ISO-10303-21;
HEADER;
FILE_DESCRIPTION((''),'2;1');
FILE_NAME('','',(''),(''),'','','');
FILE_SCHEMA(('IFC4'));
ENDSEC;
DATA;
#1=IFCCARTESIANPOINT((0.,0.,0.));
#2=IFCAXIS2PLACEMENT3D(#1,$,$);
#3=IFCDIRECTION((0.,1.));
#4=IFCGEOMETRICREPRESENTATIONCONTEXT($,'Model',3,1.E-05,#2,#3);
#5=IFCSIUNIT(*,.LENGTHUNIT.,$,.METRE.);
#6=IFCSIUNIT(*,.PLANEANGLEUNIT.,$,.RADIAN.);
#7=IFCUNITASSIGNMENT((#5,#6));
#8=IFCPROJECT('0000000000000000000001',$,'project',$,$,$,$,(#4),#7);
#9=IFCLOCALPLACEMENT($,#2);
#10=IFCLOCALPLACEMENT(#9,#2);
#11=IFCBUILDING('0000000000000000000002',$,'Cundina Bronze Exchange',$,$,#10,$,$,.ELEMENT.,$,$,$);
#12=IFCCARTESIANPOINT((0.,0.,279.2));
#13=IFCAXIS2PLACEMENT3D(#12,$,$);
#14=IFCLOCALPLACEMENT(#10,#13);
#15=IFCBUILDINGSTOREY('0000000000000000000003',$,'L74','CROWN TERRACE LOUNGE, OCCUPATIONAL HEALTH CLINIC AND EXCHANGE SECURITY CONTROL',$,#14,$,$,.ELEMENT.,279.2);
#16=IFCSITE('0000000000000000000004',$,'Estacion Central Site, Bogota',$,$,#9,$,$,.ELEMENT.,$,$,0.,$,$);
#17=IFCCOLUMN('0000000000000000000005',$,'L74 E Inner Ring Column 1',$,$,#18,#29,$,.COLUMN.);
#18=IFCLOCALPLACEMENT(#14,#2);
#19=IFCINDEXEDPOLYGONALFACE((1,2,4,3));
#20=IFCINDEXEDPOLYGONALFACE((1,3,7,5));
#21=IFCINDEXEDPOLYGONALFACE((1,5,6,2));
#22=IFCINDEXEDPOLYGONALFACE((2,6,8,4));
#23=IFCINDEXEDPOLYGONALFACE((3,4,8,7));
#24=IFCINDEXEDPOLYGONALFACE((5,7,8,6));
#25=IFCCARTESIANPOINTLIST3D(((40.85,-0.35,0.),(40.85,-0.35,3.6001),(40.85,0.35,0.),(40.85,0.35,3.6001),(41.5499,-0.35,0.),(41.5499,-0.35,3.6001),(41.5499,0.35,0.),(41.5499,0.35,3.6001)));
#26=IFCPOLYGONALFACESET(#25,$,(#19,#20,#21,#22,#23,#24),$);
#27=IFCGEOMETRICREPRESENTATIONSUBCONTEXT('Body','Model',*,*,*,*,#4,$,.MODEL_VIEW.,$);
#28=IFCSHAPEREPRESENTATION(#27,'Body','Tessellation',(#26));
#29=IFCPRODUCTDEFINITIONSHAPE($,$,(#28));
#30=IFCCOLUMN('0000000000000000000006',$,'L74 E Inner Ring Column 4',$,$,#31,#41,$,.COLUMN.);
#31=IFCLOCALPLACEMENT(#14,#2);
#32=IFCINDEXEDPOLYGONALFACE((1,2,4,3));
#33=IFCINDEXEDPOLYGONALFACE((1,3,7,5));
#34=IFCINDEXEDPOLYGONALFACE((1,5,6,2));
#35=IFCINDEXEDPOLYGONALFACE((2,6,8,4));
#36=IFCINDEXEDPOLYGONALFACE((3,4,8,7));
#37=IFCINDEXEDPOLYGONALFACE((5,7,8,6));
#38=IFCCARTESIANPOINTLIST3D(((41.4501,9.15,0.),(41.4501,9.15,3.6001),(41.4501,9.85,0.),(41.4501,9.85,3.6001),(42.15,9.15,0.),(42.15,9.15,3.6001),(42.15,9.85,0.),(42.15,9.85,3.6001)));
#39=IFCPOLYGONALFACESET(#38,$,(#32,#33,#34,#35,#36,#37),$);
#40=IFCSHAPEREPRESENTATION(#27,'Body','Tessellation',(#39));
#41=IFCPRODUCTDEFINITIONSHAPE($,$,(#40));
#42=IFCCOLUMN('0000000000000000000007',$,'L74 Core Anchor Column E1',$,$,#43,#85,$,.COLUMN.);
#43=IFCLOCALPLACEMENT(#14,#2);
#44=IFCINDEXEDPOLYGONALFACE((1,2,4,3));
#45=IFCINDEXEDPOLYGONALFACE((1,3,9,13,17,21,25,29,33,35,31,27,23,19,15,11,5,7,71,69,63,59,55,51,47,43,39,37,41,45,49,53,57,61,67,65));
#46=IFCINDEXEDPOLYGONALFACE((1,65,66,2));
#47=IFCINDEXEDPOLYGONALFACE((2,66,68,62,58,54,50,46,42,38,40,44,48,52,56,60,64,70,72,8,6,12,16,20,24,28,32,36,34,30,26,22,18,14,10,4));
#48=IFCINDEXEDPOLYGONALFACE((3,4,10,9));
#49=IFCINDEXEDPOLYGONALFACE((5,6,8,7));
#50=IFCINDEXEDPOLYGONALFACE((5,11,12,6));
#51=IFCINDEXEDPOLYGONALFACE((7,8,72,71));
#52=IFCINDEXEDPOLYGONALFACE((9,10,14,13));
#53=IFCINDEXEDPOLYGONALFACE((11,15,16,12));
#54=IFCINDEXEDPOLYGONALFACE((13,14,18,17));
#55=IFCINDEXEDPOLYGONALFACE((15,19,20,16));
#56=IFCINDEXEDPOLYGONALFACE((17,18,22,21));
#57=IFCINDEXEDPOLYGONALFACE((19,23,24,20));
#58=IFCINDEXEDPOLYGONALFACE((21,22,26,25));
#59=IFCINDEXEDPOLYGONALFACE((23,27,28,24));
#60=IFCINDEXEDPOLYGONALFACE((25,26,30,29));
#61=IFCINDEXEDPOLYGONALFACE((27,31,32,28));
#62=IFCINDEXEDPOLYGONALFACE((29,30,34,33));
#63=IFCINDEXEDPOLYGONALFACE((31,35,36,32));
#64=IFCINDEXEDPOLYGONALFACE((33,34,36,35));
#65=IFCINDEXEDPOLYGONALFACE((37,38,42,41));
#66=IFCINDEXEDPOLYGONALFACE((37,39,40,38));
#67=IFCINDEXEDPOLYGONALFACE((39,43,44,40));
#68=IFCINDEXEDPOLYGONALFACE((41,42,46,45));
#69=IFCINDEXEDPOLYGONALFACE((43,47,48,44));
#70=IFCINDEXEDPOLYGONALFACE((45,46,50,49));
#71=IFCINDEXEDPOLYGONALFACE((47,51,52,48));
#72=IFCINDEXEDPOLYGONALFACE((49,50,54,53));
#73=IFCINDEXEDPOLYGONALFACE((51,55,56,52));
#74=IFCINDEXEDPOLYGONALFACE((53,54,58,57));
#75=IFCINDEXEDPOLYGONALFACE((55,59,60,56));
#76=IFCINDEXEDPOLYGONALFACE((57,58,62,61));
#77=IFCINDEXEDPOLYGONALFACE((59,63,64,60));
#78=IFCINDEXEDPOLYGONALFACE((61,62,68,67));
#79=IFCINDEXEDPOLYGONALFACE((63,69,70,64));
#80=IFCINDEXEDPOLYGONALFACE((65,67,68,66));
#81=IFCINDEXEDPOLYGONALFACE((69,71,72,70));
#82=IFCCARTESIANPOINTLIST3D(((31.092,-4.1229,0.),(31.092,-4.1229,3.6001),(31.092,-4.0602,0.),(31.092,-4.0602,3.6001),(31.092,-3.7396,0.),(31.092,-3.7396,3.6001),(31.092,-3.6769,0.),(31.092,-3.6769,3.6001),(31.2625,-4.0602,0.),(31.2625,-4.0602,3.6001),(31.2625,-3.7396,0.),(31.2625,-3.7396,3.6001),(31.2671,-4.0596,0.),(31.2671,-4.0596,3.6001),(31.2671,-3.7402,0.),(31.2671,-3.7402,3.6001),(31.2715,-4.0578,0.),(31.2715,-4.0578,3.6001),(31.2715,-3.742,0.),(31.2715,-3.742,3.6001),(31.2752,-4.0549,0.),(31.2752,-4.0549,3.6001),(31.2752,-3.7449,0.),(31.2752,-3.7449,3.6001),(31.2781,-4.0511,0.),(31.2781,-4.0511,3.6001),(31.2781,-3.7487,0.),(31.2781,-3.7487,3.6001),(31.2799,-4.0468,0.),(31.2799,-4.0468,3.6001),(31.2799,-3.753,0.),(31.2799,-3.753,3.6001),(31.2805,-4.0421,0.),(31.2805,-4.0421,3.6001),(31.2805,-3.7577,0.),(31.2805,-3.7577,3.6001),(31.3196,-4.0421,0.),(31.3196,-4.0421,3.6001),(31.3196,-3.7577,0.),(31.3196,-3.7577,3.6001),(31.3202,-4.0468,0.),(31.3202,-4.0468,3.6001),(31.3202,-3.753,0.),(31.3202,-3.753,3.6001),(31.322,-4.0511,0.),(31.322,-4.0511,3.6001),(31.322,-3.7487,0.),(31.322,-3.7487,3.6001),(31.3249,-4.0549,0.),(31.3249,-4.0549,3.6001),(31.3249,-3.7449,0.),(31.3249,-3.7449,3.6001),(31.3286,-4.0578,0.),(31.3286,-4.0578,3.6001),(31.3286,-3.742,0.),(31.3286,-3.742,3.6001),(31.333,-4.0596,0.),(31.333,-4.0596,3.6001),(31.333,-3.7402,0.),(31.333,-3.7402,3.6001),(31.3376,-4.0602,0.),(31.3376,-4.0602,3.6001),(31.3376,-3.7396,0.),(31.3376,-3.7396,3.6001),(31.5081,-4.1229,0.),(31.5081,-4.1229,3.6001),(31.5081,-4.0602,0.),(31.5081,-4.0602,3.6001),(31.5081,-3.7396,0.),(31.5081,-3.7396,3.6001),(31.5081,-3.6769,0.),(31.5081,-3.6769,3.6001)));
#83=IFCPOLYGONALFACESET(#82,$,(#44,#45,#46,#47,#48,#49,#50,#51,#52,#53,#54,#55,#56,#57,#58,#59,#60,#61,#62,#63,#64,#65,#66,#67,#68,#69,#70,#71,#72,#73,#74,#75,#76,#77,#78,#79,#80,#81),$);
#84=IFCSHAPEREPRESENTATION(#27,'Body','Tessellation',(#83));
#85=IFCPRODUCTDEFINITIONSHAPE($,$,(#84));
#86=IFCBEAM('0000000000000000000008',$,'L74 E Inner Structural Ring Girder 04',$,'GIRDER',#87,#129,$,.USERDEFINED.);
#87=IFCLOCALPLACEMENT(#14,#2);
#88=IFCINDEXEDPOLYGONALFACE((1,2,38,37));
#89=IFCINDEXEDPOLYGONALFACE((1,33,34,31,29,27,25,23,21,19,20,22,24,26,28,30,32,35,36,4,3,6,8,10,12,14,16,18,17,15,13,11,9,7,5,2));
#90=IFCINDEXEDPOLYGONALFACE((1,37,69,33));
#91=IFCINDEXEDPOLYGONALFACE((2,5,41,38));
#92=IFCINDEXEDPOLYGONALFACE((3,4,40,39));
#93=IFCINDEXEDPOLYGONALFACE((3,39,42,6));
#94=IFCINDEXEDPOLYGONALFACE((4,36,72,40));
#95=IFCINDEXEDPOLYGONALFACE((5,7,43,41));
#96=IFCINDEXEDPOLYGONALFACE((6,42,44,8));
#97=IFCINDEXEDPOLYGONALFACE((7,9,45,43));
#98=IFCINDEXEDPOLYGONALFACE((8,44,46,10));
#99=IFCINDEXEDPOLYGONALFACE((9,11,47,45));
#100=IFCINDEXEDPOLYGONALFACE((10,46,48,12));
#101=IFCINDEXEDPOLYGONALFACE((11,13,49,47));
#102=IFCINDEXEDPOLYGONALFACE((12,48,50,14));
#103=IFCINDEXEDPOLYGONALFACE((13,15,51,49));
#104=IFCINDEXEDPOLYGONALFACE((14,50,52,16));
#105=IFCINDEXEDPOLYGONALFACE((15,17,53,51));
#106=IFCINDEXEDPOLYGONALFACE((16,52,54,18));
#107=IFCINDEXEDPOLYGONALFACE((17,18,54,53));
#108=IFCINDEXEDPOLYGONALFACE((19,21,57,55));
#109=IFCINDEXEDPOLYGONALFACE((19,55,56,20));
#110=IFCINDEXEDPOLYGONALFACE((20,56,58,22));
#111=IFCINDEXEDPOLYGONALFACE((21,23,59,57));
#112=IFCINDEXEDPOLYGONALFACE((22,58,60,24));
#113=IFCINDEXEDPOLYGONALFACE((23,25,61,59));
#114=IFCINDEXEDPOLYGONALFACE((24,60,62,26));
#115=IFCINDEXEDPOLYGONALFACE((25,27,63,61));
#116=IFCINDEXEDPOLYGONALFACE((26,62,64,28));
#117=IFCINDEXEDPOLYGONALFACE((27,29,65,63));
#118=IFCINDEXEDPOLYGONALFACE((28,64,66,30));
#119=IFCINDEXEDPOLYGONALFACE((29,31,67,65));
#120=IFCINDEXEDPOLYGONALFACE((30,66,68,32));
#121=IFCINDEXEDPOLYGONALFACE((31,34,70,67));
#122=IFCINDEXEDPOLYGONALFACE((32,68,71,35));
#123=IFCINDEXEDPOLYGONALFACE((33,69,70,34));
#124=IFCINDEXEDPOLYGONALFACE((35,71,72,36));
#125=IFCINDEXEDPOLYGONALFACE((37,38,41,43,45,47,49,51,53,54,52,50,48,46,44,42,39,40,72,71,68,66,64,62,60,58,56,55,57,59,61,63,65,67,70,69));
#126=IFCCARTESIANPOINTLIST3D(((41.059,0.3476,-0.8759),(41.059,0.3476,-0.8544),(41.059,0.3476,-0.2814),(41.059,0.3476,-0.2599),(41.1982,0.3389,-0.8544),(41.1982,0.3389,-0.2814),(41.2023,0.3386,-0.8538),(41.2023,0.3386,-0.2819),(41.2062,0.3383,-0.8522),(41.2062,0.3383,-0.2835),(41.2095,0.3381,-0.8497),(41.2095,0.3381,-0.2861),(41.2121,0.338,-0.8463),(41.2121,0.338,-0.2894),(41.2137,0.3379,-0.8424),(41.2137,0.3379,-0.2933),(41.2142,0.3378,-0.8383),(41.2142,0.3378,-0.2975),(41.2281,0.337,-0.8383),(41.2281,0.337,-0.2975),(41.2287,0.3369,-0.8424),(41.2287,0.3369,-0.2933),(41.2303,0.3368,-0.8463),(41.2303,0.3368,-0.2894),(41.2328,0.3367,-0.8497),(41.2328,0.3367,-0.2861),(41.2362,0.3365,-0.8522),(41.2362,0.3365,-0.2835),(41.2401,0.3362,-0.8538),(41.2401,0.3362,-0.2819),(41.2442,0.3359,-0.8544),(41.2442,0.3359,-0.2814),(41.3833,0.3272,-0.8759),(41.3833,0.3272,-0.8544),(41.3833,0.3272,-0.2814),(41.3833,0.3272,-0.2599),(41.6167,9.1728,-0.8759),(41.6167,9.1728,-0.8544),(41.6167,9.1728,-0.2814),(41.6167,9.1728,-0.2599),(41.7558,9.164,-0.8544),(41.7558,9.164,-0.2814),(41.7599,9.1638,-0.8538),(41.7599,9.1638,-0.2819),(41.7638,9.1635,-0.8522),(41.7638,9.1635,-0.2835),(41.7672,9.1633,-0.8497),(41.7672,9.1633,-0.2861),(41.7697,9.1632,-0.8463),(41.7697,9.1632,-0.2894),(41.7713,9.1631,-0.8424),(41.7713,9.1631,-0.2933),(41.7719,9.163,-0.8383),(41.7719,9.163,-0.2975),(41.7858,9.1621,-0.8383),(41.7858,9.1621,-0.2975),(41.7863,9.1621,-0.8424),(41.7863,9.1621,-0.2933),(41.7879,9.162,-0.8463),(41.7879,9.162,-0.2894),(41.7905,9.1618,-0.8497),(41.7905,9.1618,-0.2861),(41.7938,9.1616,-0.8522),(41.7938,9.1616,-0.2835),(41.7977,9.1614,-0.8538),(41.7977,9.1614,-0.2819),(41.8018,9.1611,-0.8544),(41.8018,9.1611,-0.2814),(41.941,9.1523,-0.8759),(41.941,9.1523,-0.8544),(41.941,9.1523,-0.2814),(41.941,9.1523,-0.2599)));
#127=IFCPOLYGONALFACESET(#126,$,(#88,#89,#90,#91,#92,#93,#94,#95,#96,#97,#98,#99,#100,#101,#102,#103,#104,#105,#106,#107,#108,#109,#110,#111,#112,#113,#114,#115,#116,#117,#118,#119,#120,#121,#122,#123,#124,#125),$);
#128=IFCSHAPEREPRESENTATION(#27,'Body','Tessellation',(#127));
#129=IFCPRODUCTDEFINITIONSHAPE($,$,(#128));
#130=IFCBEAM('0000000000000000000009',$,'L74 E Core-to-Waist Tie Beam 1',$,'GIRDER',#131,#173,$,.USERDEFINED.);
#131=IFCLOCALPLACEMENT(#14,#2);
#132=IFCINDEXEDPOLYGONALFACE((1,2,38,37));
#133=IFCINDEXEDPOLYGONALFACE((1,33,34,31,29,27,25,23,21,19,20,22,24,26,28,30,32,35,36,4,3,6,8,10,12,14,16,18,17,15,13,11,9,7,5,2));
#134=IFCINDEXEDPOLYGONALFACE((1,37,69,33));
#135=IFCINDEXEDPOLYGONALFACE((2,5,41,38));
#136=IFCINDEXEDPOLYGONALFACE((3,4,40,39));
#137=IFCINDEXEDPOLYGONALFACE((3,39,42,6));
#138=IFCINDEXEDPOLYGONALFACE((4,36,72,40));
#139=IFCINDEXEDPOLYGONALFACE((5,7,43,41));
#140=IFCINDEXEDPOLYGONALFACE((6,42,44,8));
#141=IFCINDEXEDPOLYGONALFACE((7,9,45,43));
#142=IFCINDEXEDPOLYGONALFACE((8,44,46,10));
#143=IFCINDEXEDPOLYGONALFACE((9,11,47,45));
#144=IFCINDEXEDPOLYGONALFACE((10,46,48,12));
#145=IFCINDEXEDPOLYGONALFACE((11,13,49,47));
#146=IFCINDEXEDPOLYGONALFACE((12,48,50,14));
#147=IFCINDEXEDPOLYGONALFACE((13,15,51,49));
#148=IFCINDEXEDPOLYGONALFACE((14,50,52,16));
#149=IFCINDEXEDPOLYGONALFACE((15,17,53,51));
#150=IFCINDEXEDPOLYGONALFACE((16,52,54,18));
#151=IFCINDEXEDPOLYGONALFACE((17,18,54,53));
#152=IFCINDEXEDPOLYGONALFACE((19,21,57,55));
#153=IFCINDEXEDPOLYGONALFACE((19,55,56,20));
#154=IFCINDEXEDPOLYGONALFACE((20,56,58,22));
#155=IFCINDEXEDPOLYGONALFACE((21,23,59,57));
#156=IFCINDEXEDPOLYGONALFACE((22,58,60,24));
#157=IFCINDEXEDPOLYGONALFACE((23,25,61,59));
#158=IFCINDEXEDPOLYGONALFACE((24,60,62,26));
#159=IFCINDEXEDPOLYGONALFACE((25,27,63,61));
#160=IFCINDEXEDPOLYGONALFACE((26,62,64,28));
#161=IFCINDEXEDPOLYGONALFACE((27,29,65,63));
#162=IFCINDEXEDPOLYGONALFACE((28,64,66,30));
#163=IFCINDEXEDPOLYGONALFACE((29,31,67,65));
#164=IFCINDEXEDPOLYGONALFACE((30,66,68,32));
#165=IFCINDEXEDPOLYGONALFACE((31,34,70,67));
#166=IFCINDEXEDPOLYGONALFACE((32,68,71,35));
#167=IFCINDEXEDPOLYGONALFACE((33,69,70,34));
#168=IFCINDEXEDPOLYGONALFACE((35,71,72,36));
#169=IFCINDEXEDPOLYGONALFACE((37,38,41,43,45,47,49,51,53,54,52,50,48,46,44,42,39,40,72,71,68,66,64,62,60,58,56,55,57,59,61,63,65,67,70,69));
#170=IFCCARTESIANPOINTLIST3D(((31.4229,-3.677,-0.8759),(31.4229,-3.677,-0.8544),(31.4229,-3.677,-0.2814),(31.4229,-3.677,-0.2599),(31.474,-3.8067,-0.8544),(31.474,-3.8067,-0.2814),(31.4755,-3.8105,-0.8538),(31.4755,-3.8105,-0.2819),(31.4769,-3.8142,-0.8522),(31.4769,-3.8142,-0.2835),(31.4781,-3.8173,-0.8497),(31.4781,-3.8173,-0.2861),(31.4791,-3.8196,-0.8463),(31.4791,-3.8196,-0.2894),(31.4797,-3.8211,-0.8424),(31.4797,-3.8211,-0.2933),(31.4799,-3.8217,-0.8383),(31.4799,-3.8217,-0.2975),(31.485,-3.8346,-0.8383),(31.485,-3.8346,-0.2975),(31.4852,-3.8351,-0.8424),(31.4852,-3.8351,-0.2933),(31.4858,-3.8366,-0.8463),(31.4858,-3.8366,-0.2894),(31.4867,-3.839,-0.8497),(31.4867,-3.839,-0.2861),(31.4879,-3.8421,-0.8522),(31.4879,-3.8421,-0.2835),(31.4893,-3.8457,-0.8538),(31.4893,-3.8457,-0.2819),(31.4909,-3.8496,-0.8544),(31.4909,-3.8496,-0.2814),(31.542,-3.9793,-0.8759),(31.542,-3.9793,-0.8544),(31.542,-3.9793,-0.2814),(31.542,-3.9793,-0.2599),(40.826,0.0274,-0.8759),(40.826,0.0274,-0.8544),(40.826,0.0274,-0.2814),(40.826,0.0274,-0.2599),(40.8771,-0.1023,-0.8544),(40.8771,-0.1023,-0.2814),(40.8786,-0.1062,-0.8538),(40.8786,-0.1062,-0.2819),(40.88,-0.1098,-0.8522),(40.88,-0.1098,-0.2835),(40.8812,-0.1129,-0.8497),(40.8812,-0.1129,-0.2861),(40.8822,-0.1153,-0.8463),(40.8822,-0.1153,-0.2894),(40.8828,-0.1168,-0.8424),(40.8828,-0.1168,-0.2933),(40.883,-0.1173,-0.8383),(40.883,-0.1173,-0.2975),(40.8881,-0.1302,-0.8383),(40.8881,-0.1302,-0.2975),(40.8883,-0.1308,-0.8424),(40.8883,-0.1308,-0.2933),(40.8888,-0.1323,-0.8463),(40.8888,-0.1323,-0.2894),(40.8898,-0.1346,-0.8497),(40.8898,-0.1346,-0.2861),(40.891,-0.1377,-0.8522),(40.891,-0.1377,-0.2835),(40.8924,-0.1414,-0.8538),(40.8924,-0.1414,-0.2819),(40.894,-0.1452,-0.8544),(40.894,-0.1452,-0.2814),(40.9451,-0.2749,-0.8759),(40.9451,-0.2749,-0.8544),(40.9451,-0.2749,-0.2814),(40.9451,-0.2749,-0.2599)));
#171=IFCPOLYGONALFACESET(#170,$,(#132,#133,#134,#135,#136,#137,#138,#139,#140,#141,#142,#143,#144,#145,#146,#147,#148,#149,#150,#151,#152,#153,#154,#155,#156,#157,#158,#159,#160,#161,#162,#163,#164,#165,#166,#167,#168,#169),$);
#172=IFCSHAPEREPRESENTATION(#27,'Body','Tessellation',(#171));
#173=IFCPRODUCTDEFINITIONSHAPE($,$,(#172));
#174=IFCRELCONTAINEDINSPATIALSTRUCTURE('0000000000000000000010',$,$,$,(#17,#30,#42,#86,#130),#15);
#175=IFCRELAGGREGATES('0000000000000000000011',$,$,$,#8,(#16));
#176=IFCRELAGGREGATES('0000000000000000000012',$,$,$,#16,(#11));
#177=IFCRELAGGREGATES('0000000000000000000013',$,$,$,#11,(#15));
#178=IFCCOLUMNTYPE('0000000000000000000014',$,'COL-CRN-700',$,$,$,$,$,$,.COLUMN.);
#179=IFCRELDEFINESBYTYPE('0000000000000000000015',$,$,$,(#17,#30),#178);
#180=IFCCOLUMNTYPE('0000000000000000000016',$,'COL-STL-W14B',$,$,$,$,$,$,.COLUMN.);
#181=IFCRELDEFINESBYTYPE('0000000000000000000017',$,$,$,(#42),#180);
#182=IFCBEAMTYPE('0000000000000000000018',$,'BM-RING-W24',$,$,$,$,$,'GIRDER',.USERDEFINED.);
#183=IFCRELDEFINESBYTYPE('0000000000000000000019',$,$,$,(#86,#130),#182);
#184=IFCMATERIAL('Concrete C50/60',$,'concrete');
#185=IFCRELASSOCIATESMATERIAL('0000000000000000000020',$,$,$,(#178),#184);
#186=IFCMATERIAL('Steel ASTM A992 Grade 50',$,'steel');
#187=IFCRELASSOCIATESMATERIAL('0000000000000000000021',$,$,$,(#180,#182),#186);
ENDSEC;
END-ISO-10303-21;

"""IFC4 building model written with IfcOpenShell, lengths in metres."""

from ifc_helpers import new_model, si_unit, direction, frame, origin, origin_2d, place, context, subcontext, project, spatial, rectangle, i_section, extrude, material, material_profile, profile_set, type_object, element, save


model = new_model("IFC4")

# Units and contexts
model_context = context("Model", 3, precision=1e-05, world=origin(), true_north=direction((0.0, 1.0)))
body_context = subcontext(model_context, "Body", "Model", "MODEL_VIEW")
ifc_project = project(units=[si_unit("LENGTHUNIT", "METRE"), si_unit("PLANEANGLEUNIT", "RADIAN")], contexts=[model_context])

# Site, building, storey
site_placement = place(None, origin())
site = spatial("IfcSite", under=ifc_project, at=site_placement, Name="Estacion Central Site, Bogota", CompositionType="ELEMENT", RefElevation=0.0)
building_placement = place(site_placement, origin())
building = spatial("IfcBuilding", under=site, at=building_placement, Name="Cundina Bronze Exchange", CompositionType="ELEMENT")
storey_placement = place(building_placement, frame((0.0, 0.0, 279.2)))
storey = spatial("IfcBuildingStorey", under=building, at=storey_placement, Name="L74", Description="CROWN TERRACE LOUNGE, OCCUPATIONAL HEALTH CLINIC AND EXCHANGE SECURITY CONTROL", CompositionType="ELEMENT", Elevation=279.2)

# Columns
ifc_material_1 = material(Name="Concrete C50/60", Category="concrete")
ifc_material_profile_1 = material_profile(ifc_material_1, rectangle(XDim=0.7, YDim=0.7, at=origin_2d()), Name="RC700X700", Category="concrete")
ifc_profile_set_1 = profile_set([ifc_material_profile_1], Name="Concrete C50/60")
column_type_1 = type_object("IfcColumnType", Name="COL-CRN-700", PredefinedType="COLUMN", material=ifc_profile_set_1)
for number, where, z_axis, x_axis, name in (
    (1, (41.2, 0.0, 0.0), (0.0, 0.0, 1.0), (1.0, 0.0, 0.0), "L74 E Inner Ring Column 1"),
    (2, (41.8, 9.5, 0.0), (0.0, 0.0, 1.0), (1.0, 0.0, 0.0), "L74 E Inner Ring Column 4"),
):
    element("IfcColumn", number, at=place(storey_placement, frame(where, z_axis=z_axis, x_axis=x_axis)), inside=storey, type_object=column_type_1, Name=name, PredefinedType="COLUMN", context=body_context, shape_type="SweptSolid", body=[
        extrude(rectangle(XDim=0.7, YDim=0.7, at=origin_2d()), origin(), (0.0, 0.0, 1.0), 3.6001),
    ])
ifc_material_2 = material(Name="Steel ASTM A992 Grade 50", Category="steel")
ifc_material_profile_2 = material_profile(ifc_material_2, i_section(OverallWidth=0.416, OverallDepth=0.446, WebThickness=0.0391, FlangeThickness=0.0627, FilletRadius=0.0181, at=origin_2d()), Name="W14X342", Category="steel")
ifc_profile_set_2 = profile_set([ifc_material_profile_2], Name="Steel ASTM A992 Grade 50")
column_type_2 = type_object("IfcColumnType", Name="COL-STL-W14B", PredefinedType="COLUMN", material=ifc_profile_set_2)
column_placement = place(storey_placement, frame((31.3, -3.8999, 0.0), z_axis=(0.0, 0.0, 1.0), x_axis=(1.0, 0.0, 0.0)))
element("IfcColumn", 3, at=column_placement, inside=storey, type_object=column_type_2, Name="L74 Core Anchor Column E1", PredefinedType="COLUMN", context=body_context, shape_type="SweptSolid", body=[
    extrude(i_section(OverallWidth=0.416, OverallDepth=0.446, WebThickness=0.0391, FlangeThickness=0.0627, FilletRadius=0.0181, at=origin_2d()), origin(), (0.0, 0.0, 1.0), 3.6001),
])

# Beams
ifc_material_profile_3 = material_profile(ifc_material_2, i_section(OverallWidth=0.325, OverallDepth=0.616, WebThickness=0.0139, FlangeThickness=0.0215, FilletRadius=0.0161, at=origin_2d()), Name="W24X117", Category="steel")
ifc_profile_set_3 = profile_set([ifc_material_profile_3], Name="Steel ASTM A992 Grade 50")
beam_type_1 = type_object("IfcBeamType", Name="BM-RING-W24", ElementType="GIRDER", PredefinedType="USERDEFINED", material=ifc_profile_set_3)
beam_1_placement = place(storey_placement, frame((41.2212, 0.3374, -0.5679), z_axis=(0.063059, 0.99801, 0.0), x_axis=(-0.99801, 0.063059, 0.0)))
element("IfcBeam", 4, at=beam_1_placement, inside=storey, type_object=beam_type_1, Name="L74 E Inner Structural Ring Girder 04", ObjectType="GIRDER", PredefinedType="USERDEFINED", context=body_context, shape_type="SweptSolid", body=[
    extrude(i_section(OverallWidth=0.325, OverallDepth=0.616, WebThickness=0.0139, FlangeThickness=0.0215, FilletRadius=0.0161, at=origin_2d()), origin(), (0.0, 0.0, 1.0), 8.8428),
])
beam_2_placement = place(storey_placement, frame((31.4824, -3.8281, -0.5679), z_axis=(0.930405, 0.366533, 0.0), x_axis=(-0.366533, 0.930405, 0.0)))
element("IfcBeam", 5, at=beam_2_placement, inside=storey, type_object=beam_type_1, Name="L74 E Core-to-Waist Tie Beam 1", ObjectType="GIRDER", PredefinedType="USERDEFINED", context=body_context, shape_type="SweptSolid", body=[
    extrude(i_section(OverallWidth=0.325, OverallDepth=0.616, WebThickness=0.0139, FlangeThickness=0.0215, FilletRadius=0.0161, at=origin_2d()), origin(), (0.0, 0.0, 1.0), 10.1064),
])

save(model, "model.ifc")
